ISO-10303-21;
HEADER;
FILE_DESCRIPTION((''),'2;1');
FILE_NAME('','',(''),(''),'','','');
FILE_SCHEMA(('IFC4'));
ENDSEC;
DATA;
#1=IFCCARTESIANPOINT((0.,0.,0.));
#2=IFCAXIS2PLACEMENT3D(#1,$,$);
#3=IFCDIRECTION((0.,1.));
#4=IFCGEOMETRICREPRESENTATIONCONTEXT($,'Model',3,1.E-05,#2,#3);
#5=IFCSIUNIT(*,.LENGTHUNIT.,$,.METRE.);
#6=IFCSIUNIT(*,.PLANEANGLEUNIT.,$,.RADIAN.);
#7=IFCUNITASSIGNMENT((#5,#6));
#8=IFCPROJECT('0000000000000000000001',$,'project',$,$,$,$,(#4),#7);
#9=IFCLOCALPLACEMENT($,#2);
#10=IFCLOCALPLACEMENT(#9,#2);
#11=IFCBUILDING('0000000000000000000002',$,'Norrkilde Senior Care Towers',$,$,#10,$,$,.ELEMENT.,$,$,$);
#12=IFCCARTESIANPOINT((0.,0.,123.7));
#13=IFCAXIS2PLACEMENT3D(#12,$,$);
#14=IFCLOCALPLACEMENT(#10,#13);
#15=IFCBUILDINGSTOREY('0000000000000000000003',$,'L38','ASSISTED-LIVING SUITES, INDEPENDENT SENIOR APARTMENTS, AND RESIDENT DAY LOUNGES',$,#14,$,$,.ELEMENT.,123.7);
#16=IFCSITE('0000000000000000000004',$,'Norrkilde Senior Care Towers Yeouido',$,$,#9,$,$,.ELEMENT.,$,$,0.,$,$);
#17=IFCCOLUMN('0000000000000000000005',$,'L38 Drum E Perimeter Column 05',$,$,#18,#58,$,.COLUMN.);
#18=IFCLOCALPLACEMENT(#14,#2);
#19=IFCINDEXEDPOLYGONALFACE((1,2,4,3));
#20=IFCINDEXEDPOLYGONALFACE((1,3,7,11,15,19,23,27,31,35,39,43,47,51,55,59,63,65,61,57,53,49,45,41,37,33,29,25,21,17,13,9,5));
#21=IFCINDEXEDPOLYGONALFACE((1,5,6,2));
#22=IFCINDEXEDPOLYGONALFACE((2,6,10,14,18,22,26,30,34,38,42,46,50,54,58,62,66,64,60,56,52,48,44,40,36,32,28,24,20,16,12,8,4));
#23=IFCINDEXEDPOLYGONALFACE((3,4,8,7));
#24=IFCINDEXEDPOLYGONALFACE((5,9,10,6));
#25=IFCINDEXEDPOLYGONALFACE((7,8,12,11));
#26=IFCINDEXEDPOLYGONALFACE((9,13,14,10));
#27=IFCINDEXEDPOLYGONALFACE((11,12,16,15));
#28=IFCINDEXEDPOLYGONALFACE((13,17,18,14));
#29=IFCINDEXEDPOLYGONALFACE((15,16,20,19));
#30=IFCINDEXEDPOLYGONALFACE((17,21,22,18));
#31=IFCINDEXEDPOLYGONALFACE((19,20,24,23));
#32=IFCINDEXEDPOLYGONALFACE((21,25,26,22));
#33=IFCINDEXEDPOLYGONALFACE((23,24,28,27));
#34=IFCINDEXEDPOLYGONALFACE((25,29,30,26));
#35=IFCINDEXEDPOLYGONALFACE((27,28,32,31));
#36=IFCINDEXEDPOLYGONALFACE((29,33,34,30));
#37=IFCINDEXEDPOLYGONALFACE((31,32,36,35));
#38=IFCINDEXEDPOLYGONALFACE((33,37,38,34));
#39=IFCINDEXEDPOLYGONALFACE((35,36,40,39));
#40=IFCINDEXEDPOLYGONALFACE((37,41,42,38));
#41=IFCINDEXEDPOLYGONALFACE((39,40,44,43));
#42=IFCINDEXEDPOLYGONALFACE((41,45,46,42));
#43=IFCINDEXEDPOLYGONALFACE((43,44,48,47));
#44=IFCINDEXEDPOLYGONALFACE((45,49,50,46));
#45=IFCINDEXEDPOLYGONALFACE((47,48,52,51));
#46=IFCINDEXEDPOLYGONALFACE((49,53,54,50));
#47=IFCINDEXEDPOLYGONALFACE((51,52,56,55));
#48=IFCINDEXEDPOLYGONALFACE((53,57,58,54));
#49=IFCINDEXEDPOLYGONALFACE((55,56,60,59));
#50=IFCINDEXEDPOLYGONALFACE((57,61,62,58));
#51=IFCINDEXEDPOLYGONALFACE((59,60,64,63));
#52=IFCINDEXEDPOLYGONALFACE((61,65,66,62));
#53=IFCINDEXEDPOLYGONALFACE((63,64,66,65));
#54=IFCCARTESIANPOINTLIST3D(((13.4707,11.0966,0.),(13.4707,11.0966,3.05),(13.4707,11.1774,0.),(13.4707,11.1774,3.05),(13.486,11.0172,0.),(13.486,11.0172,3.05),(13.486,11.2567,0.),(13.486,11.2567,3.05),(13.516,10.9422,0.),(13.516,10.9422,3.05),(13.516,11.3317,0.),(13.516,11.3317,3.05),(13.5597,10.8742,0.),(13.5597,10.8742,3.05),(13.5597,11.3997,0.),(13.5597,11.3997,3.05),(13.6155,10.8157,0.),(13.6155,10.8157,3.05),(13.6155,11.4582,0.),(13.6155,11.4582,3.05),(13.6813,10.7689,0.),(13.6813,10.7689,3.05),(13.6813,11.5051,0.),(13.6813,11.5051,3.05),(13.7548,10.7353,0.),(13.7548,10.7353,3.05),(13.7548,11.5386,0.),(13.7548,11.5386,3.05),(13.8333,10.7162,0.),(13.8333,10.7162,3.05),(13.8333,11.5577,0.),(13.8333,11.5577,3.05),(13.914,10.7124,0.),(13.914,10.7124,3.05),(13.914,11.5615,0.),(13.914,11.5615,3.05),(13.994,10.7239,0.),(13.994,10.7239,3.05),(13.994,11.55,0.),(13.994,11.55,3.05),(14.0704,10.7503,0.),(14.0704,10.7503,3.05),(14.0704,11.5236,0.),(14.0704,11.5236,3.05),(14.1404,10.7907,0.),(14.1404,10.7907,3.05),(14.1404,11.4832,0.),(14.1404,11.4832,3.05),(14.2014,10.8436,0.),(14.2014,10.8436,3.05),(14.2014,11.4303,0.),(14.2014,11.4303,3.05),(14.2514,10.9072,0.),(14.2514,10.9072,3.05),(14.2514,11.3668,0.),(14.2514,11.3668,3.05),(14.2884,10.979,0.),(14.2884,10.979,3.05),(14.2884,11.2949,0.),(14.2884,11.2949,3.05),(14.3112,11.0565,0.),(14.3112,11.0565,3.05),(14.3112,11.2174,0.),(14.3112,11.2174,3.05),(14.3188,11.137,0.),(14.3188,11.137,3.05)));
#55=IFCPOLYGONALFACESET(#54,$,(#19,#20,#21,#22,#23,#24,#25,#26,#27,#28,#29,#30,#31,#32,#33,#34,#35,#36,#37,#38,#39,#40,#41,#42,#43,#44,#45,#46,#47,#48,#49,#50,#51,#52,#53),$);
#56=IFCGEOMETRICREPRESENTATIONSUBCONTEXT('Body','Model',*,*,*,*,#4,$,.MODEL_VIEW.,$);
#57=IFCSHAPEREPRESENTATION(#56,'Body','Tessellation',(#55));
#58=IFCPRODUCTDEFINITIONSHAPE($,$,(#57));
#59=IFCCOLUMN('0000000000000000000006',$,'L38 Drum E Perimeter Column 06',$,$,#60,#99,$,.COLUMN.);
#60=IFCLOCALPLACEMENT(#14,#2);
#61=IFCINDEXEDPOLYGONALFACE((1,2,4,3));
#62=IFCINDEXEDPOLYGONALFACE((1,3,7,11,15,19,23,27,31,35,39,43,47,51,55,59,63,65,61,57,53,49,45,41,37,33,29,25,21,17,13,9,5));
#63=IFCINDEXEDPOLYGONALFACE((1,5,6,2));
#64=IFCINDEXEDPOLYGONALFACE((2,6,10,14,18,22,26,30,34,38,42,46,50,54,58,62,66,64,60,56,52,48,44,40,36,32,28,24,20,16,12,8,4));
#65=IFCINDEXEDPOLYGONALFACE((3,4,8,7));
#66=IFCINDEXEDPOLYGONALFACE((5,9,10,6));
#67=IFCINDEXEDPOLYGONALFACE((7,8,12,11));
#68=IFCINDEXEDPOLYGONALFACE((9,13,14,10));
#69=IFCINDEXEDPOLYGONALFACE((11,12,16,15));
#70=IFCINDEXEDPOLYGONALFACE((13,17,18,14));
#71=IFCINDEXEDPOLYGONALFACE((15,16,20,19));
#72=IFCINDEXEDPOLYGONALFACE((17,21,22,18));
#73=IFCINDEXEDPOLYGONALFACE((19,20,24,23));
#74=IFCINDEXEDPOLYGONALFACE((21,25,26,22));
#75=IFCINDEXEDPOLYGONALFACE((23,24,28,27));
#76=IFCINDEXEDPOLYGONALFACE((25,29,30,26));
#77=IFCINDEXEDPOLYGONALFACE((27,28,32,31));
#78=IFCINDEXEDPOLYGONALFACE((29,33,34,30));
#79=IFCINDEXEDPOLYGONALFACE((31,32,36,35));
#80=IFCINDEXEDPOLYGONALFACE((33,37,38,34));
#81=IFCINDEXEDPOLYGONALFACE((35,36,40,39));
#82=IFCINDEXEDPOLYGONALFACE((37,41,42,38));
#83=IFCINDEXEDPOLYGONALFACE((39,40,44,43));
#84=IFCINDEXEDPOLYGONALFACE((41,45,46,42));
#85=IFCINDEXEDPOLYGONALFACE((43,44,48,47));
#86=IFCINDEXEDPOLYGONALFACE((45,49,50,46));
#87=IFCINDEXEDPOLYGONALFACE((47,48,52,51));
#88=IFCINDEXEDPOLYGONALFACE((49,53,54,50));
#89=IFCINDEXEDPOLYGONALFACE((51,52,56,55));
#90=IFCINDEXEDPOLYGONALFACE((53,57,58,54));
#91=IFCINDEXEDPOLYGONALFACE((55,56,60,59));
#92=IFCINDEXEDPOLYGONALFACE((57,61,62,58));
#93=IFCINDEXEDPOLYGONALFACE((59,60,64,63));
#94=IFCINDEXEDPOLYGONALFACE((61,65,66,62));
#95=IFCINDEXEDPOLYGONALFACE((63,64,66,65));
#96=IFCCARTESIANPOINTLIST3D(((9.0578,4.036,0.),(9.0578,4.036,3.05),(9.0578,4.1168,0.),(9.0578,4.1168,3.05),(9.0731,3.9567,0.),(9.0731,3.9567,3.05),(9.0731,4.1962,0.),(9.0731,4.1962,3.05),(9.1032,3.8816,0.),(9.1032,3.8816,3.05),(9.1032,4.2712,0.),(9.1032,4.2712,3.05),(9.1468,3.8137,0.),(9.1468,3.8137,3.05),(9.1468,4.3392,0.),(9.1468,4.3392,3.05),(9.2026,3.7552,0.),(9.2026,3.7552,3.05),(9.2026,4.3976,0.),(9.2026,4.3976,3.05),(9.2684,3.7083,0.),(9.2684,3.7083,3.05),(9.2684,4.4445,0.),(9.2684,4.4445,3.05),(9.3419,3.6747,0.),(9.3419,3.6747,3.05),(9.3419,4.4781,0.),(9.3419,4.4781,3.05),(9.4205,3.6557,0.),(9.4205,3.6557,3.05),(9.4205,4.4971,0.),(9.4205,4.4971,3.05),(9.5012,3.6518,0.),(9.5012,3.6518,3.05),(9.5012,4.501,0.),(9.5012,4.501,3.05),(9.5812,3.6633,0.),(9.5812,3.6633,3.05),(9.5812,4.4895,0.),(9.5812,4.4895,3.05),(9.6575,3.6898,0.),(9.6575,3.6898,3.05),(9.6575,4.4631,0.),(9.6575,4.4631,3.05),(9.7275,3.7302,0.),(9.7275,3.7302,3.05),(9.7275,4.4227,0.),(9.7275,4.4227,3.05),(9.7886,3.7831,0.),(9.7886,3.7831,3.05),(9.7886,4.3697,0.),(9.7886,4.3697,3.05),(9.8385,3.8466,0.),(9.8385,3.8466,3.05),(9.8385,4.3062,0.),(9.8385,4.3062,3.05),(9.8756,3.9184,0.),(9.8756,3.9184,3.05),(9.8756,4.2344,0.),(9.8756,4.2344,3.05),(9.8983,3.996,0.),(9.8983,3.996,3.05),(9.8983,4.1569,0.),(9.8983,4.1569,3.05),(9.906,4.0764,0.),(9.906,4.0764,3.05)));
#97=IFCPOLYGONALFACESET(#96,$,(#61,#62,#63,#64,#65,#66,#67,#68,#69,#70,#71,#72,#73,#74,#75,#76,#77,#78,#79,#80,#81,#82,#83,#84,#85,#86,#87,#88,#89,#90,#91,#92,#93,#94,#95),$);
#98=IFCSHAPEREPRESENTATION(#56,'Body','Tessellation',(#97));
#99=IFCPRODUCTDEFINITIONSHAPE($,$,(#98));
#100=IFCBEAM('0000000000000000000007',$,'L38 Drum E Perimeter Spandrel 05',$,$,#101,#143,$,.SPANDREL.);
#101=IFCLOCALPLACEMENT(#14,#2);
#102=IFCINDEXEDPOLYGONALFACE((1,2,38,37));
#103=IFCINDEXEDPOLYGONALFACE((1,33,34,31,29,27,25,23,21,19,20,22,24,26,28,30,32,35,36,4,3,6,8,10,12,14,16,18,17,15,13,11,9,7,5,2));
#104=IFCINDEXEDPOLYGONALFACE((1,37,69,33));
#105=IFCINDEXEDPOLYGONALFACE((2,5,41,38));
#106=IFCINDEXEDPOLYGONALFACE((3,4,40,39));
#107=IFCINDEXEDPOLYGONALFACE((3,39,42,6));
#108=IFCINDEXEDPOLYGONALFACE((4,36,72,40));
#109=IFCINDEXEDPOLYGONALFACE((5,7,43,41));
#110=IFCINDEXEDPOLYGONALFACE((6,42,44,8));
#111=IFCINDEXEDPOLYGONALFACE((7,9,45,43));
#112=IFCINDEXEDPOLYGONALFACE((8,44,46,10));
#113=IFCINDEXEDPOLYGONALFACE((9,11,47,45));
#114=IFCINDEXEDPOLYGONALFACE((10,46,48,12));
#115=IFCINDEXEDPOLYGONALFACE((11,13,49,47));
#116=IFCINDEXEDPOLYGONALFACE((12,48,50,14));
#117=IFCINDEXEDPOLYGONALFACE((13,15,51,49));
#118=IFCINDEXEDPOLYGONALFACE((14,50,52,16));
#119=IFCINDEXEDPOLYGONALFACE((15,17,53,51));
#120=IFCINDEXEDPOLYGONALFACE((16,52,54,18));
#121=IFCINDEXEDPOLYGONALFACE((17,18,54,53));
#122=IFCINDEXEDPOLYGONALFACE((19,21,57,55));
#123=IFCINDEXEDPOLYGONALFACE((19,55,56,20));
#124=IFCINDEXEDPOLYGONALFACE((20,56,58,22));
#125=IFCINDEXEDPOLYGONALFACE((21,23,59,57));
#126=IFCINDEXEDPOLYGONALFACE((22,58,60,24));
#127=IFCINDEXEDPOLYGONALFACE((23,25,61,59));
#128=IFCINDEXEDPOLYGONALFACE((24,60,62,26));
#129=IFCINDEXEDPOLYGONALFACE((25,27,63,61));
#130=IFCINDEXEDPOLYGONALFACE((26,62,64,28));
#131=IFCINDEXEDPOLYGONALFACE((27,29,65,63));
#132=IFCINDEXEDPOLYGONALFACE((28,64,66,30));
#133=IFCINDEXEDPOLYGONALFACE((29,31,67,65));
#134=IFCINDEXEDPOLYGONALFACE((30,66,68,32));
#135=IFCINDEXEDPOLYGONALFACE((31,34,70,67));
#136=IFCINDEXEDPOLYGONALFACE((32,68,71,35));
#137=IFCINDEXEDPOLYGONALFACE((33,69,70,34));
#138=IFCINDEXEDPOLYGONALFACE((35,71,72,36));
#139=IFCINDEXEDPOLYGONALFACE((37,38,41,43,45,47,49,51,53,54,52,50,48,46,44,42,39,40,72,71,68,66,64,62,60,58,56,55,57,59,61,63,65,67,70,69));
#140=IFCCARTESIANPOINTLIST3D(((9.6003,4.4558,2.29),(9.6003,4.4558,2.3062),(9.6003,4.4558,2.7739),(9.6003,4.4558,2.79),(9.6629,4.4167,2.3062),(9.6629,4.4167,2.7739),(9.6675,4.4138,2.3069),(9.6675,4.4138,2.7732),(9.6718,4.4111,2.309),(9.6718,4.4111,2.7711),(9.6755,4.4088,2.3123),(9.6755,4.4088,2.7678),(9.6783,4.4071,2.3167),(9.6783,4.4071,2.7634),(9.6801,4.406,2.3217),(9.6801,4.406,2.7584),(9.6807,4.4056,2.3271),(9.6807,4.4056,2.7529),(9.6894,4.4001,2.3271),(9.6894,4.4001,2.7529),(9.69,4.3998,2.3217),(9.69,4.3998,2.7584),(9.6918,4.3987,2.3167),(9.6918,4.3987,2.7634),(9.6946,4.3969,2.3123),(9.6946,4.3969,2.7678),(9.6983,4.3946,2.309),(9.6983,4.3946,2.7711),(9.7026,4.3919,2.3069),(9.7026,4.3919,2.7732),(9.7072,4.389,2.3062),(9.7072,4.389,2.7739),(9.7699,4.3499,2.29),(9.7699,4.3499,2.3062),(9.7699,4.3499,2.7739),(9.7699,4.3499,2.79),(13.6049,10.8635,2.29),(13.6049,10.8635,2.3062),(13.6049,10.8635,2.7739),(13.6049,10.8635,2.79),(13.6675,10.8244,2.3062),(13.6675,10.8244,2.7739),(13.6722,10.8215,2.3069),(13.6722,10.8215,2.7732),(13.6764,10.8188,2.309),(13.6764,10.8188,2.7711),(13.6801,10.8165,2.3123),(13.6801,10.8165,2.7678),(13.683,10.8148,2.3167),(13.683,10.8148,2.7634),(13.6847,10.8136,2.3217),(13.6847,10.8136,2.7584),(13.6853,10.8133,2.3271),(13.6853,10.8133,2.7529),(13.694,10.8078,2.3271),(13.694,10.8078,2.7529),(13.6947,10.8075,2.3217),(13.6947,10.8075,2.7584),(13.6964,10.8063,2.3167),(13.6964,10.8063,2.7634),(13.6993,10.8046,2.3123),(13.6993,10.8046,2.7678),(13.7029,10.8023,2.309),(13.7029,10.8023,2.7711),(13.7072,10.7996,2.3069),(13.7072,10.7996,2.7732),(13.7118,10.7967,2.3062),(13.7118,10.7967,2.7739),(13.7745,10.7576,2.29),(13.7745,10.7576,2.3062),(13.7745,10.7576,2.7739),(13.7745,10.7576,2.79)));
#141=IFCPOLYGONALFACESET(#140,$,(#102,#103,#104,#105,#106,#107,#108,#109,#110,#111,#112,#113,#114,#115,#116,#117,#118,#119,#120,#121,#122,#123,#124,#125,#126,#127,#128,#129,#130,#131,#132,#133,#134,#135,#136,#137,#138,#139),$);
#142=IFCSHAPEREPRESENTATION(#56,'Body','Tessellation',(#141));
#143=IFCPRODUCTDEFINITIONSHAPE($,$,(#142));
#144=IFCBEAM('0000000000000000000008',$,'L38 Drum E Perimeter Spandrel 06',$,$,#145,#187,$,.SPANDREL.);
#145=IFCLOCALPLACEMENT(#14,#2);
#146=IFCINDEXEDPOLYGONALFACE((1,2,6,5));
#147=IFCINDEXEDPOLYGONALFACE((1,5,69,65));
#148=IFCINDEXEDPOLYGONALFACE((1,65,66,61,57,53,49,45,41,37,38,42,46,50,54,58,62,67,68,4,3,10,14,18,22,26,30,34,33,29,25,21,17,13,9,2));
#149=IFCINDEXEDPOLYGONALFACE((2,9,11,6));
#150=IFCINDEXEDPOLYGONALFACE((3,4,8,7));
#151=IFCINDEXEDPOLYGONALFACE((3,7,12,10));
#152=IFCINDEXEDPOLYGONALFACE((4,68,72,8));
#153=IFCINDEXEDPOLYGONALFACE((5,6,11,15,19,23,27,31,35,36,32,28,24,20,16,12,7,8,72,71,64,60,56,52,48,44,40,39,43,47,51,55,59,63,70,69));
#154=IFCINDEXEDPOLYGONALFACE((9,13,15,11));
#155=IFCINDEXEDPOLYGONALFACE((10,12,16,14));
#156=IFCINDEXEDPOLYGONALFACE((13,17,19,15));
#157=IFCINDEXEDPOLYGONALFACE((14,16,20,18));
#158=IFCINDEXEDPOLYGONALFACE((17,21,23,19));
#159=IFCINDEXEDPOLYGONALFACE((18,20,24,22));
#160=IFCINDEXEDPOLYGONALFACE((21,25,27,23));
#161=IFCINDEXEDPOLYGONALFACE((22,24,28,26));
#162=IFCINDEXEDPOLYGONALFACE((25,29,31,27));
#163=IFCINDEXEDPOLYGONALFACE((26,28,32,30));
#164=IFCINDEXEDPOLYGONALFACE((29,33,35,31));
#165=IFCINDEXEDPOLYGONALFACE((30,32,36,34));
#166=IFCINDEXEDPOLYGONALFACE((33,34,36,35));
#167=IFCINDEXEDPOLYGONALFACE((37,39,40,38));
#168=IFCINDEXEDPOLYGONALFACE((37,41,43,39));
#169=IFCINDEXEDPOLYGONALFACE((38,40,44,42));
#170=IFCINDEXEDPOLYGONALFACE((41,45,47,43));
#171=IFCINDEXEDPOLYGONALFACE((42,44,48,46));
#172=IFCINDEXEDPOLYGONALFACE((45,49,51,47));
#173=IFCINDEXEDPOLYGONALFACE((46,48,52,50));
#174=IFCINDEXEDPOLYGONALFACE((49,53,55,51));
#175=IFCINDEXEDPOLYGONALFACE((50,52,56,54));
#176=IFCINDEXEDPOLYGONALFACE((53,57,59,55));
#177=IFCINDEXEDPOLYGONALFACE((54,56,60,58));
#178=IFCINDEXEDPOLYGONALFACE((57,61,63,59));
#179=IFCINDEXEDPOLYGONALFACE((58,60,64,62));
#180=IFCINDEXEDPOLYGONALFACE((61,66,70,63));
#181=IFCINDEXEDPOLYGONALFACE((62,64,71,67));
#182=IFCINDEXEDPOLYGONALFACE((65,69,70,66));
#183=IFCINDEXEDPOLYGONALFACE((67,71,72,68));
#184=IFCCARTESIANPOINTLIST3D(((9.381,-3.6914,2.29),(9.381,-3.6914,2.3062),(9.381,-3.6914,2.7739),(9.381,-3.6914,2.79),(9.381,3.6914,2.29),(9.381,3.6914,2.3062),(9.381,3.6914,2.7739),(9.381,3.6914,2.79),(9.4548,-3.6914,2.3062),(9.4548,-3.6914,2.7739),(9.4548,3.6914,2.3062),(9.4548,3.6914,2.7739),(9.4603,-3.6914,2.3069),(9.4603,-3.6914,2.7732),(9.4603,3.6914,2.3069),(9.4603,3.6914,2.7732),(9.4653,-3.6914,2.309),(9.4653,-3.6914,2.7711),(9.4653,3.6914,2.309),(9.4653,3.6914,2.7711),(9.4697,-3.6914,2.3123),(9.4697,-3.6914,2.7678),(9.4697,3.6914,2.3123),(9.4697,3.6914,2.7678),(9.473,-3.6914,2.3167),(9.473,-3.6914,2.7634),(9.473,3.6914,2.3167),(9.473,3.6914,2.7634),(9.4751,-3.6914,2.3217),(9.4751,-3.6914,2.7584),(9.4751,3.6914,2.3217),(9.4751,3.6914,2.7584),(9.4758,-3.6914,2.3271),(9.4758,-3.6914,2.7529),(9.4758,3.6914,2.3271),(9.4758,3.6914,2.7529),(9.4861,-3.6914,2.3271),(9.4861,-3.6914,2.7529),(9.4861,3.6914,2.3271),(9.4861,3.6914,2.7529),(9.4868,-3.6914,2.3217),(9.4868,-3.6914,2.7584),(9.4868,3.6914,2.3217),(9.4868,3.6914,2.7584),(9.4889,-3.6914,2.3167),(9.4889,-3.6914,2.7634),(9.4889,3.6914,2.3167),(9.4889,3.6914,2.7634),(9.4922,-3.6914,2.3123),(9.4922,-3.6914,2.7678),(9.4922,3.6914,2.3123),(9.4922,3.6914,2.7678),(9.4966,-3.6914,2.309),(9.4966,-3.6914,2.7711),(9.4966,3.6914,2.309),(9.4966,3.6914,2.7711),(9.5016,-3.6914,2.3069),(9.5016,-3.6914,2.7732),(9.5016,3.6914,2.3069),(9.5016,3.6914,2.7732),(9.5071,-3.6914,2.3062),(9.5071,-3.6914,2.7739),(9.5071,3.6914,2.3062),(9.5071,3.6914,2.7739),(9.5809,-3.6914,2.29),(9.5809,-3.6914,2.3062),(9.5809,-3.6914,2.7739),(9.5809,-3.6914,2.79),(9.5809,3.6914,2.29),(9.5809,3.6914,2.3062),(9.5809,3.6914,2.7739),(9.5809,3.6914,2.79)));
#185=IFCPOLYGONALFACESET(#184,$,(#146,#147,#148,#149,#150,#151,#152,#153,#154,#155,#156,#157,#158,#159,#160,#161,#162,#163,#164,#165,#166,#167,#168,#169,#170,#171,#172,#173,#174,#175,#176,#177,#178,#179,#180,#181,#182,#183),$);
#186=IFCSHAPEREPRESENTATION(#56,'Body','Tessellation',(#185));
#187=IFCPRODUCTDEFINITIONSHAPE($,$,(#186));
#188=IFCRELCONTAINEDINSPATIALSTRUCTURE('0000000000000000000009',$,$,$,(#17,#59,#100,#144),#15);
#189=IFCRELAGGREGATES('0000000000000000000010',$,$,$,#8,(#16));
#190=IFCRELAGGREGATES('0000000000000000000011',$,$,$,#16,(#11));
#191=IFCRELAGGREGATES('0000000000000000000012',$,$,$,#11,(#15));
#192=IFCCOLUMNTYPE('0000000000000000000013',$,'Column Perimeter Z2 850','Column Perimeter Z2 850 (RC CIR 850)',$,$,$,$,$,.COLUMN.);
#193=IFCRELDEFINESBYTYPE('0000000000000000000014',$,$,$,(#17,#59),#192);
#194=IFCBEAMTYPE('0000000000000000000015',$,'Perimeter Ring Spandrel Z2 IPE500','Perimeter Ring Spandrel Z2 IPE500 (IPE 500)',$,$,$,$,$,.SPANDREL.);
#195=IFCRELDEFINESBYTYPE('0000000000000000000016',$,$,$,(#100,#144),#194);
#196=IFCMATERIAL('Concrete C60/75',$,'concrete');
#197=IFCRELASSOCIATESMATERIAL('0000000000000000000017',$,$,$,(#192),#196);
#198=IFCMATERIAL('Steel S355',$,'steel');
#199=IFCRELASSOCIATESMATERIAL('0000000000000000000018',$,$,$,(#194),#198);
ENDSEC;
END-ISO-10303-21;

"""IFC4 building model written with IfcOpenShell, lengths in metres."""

from ifc_helpers import new_model, si_unit, direction, frame, origin, origin_2d, place, context, subcontext, project, spatial, circle, i_section, extrude, source, transform, mapped, material, material_profile, profile_set, type_object, type_shapes, element, save


model = new_model("IFC4")

# Units and contexts
model_context = context("Model", 3, precision=1e-05, world=origin(), true_north=direction((0.0, 1.0)))
body_context = subcontext(model_context, "Body", "Model", "MODEL_VIEW")
ifc_project = project(units=[si_unit("LENGTHUNIT", "METRE"), si_unit("PLANEANGLEUNIT", "RADIAN")], contexts=[model_context])

# Site, building, storey
site_placement = place(None, origin())
site = spatial("IfcSite", under=ifc_project, at=site_placement, Name="Norrkilde Senior Care Towers Yeouido", CompositionType="ELEMENT", RefElevation=0.0)
building_placement = place(site_placement, origin())
building = spatial("IfcBuilding", under=site, at=building_placement, Name="Norrkilde Senior Care Towers", CompositionType="ELEMENT")
storey_placement = place(building_placement, frame((0.0, 0.0, 123.7)))
storey = spatial("IfcBuildingStorey", under=building, at=storey_placement, Name="L38", Description="ASSISTED-LIVING SUITES, INDEPENDENT SENIOR APARTMENTS, AND RESIDENT DAY LOUNGES", CompositionType="ELEMENT", Elevation=123.7)

# Columns
ifc_material_1 = material(Name="Concrete C60/75", Category="concrete")
ifc_material_profile_1 = material_profile(ifc_material_1, circle(Radius=0.425, at=origin_2d()), Name="RC CIR 850")
ifc_profile_set_1 = profile_set([ifc_material_profile_1], Name="Concrete C60/75")
column_type = type_object("IfcColumnType", Name="Column Perimeter Z2 850", Description="Column Perimeter Z2 850 (RC CIR 850)", PredefinedType="COLUMN", material=ifc_profile_set_1)
shared_shape_1 = source(origin(), body_context, "Body", "SweptSolid", [
    extrude(circle(Radius=0.425, at=origin_2d()), origin(), (0.0, 0.0, 1.0), 3.05),
])
type_shapes(column_type, [shared_shape_1])
for number, where, z_axis, x_axis, name in (
    (1, (13.8938, 11.137, 0.0), (0.0, 0.0, 1.0), (1.0, 0.0, 0.0), "L38 Drum E Perimeter Column 05"),
    (2, (9.481, 4.0764, 0.0), (0.0, 0.0, 1.0), (1.0, 0.0, 0.0), "L38 Drum E Perimeter Column 06"),
):
    element("IfcColumn", number, at=place(storey_placement, frame(where, z_axis=z_axis, x_axis=x_axis)), inside=storey, type_object=column_type, Name=name, PredefinedType="COLUMN", context=body_context, shape_type="MappedRepresentation", body=[
        mapped(shared_shape_1, transform((0.0, 0.0, 0.0), x_axis=(1.0, 0.0, 0.0), y_axis=(0.0, 1.0, 0.0), z_axis=(0.0, 0.0, 1.0), scale=1.0)),
    ])

# Beams
ifc_material_2 = material(Name="Steel S355", Category="steel")
ifc_material_profile_2 = material_profile(ifc_material_2, i_section(OverallWidth=0.2, OverallDepth=0.5, WebThickness=0.0103, FlangeThickness=0.0161, FilletRadius=0.021, at=origin_2d()), Name="IPE 500")
ifc_profile_set_2 = profile_set([ifc_material_profile_2], Name="Steel S355")
beam_type = type_object("IfcBeamType", Name="Perimeter Ring Spandrel Z2 IPE500", Description="Perimeter Ring Spandrel Z2 IPE500 (IPE 500)", PredefinedType="SPANDREL", material=ifc_profile_set_2)
shared_shape_2 = source(origin(), body_context, "Body", "SweptSolid", [
    extrude(i_section(OverallWidth=0.2, OverallDepth=0.5, WebThickness=0.0103, FlangeThickness=0.0161, FilletRadius=0.021, at=origin_2d()), origin(), (0.0, 0.0, 1.0), 7.5562),
])
beam_1_placement = place(storey_placement, frame((13.6897, 10.8105, 2.54), z_axis=(-0.529982, -0.848009, 0.0), x_axis=(0.848009, -0.529982, 0.0)))
element("IfcBeam", 3, at=beam_1_placement, inside=storey, type_object=beam_type, Name="L38 Drum E Perimeter Spandrel 05", PredefinedType="SPANDREL", context=body_context, shape_type="MappedRepresentation", body=[
    mapped(shared_shape_2, transform((0.0, 0.0, 0.0), x_axis=(1.0, 0.0, 0.0), y_axis=(0.0, 1.0, 0.0), z_axis=(0.0, 0.0, 1.0), scale=1.0)),
])
shared_shape_3 = source(origin(), body_context, "Body", "SweptSolid", [
    extrude(i_section(OverallWidth=0.2, OverallDepth=0.5, WebThickness=0.0103, FlangeThickness=0.0161, FilletRadius=0.021, at=origin_2d()), origin(), (0.0, 0.0, 1.0), 7.3828),
])
type_shapes(beam_type, [shared_shape_2, shared_shape_3])
beam_2_placement = place(storey_placement, frame((9.481, 3.6914, 2.54), z_axis=(0.0, -1.0, 0.0), x_axis=(1.0, 0.0, 0.0)))
element("IfcBeam", 4, at=beam_2_placement, inside=storey, type_object=beam_type, Name="L38 Drum E Perimeter Spandrel 06", PredefinedType="SPANDREL", context=body_context, shape_type="MappedRepresentation", body=[
    mapped(shared_shape_3, transform((0.0, 0.0, 0.0), x_axis=(1.0, 0.0, 0.0), y_axis=(0.0, 1.0, 0.0), z_axis=(0.0, 0.0, 1.0), scale=1.0)),
])

save(model, "model.ifc")
